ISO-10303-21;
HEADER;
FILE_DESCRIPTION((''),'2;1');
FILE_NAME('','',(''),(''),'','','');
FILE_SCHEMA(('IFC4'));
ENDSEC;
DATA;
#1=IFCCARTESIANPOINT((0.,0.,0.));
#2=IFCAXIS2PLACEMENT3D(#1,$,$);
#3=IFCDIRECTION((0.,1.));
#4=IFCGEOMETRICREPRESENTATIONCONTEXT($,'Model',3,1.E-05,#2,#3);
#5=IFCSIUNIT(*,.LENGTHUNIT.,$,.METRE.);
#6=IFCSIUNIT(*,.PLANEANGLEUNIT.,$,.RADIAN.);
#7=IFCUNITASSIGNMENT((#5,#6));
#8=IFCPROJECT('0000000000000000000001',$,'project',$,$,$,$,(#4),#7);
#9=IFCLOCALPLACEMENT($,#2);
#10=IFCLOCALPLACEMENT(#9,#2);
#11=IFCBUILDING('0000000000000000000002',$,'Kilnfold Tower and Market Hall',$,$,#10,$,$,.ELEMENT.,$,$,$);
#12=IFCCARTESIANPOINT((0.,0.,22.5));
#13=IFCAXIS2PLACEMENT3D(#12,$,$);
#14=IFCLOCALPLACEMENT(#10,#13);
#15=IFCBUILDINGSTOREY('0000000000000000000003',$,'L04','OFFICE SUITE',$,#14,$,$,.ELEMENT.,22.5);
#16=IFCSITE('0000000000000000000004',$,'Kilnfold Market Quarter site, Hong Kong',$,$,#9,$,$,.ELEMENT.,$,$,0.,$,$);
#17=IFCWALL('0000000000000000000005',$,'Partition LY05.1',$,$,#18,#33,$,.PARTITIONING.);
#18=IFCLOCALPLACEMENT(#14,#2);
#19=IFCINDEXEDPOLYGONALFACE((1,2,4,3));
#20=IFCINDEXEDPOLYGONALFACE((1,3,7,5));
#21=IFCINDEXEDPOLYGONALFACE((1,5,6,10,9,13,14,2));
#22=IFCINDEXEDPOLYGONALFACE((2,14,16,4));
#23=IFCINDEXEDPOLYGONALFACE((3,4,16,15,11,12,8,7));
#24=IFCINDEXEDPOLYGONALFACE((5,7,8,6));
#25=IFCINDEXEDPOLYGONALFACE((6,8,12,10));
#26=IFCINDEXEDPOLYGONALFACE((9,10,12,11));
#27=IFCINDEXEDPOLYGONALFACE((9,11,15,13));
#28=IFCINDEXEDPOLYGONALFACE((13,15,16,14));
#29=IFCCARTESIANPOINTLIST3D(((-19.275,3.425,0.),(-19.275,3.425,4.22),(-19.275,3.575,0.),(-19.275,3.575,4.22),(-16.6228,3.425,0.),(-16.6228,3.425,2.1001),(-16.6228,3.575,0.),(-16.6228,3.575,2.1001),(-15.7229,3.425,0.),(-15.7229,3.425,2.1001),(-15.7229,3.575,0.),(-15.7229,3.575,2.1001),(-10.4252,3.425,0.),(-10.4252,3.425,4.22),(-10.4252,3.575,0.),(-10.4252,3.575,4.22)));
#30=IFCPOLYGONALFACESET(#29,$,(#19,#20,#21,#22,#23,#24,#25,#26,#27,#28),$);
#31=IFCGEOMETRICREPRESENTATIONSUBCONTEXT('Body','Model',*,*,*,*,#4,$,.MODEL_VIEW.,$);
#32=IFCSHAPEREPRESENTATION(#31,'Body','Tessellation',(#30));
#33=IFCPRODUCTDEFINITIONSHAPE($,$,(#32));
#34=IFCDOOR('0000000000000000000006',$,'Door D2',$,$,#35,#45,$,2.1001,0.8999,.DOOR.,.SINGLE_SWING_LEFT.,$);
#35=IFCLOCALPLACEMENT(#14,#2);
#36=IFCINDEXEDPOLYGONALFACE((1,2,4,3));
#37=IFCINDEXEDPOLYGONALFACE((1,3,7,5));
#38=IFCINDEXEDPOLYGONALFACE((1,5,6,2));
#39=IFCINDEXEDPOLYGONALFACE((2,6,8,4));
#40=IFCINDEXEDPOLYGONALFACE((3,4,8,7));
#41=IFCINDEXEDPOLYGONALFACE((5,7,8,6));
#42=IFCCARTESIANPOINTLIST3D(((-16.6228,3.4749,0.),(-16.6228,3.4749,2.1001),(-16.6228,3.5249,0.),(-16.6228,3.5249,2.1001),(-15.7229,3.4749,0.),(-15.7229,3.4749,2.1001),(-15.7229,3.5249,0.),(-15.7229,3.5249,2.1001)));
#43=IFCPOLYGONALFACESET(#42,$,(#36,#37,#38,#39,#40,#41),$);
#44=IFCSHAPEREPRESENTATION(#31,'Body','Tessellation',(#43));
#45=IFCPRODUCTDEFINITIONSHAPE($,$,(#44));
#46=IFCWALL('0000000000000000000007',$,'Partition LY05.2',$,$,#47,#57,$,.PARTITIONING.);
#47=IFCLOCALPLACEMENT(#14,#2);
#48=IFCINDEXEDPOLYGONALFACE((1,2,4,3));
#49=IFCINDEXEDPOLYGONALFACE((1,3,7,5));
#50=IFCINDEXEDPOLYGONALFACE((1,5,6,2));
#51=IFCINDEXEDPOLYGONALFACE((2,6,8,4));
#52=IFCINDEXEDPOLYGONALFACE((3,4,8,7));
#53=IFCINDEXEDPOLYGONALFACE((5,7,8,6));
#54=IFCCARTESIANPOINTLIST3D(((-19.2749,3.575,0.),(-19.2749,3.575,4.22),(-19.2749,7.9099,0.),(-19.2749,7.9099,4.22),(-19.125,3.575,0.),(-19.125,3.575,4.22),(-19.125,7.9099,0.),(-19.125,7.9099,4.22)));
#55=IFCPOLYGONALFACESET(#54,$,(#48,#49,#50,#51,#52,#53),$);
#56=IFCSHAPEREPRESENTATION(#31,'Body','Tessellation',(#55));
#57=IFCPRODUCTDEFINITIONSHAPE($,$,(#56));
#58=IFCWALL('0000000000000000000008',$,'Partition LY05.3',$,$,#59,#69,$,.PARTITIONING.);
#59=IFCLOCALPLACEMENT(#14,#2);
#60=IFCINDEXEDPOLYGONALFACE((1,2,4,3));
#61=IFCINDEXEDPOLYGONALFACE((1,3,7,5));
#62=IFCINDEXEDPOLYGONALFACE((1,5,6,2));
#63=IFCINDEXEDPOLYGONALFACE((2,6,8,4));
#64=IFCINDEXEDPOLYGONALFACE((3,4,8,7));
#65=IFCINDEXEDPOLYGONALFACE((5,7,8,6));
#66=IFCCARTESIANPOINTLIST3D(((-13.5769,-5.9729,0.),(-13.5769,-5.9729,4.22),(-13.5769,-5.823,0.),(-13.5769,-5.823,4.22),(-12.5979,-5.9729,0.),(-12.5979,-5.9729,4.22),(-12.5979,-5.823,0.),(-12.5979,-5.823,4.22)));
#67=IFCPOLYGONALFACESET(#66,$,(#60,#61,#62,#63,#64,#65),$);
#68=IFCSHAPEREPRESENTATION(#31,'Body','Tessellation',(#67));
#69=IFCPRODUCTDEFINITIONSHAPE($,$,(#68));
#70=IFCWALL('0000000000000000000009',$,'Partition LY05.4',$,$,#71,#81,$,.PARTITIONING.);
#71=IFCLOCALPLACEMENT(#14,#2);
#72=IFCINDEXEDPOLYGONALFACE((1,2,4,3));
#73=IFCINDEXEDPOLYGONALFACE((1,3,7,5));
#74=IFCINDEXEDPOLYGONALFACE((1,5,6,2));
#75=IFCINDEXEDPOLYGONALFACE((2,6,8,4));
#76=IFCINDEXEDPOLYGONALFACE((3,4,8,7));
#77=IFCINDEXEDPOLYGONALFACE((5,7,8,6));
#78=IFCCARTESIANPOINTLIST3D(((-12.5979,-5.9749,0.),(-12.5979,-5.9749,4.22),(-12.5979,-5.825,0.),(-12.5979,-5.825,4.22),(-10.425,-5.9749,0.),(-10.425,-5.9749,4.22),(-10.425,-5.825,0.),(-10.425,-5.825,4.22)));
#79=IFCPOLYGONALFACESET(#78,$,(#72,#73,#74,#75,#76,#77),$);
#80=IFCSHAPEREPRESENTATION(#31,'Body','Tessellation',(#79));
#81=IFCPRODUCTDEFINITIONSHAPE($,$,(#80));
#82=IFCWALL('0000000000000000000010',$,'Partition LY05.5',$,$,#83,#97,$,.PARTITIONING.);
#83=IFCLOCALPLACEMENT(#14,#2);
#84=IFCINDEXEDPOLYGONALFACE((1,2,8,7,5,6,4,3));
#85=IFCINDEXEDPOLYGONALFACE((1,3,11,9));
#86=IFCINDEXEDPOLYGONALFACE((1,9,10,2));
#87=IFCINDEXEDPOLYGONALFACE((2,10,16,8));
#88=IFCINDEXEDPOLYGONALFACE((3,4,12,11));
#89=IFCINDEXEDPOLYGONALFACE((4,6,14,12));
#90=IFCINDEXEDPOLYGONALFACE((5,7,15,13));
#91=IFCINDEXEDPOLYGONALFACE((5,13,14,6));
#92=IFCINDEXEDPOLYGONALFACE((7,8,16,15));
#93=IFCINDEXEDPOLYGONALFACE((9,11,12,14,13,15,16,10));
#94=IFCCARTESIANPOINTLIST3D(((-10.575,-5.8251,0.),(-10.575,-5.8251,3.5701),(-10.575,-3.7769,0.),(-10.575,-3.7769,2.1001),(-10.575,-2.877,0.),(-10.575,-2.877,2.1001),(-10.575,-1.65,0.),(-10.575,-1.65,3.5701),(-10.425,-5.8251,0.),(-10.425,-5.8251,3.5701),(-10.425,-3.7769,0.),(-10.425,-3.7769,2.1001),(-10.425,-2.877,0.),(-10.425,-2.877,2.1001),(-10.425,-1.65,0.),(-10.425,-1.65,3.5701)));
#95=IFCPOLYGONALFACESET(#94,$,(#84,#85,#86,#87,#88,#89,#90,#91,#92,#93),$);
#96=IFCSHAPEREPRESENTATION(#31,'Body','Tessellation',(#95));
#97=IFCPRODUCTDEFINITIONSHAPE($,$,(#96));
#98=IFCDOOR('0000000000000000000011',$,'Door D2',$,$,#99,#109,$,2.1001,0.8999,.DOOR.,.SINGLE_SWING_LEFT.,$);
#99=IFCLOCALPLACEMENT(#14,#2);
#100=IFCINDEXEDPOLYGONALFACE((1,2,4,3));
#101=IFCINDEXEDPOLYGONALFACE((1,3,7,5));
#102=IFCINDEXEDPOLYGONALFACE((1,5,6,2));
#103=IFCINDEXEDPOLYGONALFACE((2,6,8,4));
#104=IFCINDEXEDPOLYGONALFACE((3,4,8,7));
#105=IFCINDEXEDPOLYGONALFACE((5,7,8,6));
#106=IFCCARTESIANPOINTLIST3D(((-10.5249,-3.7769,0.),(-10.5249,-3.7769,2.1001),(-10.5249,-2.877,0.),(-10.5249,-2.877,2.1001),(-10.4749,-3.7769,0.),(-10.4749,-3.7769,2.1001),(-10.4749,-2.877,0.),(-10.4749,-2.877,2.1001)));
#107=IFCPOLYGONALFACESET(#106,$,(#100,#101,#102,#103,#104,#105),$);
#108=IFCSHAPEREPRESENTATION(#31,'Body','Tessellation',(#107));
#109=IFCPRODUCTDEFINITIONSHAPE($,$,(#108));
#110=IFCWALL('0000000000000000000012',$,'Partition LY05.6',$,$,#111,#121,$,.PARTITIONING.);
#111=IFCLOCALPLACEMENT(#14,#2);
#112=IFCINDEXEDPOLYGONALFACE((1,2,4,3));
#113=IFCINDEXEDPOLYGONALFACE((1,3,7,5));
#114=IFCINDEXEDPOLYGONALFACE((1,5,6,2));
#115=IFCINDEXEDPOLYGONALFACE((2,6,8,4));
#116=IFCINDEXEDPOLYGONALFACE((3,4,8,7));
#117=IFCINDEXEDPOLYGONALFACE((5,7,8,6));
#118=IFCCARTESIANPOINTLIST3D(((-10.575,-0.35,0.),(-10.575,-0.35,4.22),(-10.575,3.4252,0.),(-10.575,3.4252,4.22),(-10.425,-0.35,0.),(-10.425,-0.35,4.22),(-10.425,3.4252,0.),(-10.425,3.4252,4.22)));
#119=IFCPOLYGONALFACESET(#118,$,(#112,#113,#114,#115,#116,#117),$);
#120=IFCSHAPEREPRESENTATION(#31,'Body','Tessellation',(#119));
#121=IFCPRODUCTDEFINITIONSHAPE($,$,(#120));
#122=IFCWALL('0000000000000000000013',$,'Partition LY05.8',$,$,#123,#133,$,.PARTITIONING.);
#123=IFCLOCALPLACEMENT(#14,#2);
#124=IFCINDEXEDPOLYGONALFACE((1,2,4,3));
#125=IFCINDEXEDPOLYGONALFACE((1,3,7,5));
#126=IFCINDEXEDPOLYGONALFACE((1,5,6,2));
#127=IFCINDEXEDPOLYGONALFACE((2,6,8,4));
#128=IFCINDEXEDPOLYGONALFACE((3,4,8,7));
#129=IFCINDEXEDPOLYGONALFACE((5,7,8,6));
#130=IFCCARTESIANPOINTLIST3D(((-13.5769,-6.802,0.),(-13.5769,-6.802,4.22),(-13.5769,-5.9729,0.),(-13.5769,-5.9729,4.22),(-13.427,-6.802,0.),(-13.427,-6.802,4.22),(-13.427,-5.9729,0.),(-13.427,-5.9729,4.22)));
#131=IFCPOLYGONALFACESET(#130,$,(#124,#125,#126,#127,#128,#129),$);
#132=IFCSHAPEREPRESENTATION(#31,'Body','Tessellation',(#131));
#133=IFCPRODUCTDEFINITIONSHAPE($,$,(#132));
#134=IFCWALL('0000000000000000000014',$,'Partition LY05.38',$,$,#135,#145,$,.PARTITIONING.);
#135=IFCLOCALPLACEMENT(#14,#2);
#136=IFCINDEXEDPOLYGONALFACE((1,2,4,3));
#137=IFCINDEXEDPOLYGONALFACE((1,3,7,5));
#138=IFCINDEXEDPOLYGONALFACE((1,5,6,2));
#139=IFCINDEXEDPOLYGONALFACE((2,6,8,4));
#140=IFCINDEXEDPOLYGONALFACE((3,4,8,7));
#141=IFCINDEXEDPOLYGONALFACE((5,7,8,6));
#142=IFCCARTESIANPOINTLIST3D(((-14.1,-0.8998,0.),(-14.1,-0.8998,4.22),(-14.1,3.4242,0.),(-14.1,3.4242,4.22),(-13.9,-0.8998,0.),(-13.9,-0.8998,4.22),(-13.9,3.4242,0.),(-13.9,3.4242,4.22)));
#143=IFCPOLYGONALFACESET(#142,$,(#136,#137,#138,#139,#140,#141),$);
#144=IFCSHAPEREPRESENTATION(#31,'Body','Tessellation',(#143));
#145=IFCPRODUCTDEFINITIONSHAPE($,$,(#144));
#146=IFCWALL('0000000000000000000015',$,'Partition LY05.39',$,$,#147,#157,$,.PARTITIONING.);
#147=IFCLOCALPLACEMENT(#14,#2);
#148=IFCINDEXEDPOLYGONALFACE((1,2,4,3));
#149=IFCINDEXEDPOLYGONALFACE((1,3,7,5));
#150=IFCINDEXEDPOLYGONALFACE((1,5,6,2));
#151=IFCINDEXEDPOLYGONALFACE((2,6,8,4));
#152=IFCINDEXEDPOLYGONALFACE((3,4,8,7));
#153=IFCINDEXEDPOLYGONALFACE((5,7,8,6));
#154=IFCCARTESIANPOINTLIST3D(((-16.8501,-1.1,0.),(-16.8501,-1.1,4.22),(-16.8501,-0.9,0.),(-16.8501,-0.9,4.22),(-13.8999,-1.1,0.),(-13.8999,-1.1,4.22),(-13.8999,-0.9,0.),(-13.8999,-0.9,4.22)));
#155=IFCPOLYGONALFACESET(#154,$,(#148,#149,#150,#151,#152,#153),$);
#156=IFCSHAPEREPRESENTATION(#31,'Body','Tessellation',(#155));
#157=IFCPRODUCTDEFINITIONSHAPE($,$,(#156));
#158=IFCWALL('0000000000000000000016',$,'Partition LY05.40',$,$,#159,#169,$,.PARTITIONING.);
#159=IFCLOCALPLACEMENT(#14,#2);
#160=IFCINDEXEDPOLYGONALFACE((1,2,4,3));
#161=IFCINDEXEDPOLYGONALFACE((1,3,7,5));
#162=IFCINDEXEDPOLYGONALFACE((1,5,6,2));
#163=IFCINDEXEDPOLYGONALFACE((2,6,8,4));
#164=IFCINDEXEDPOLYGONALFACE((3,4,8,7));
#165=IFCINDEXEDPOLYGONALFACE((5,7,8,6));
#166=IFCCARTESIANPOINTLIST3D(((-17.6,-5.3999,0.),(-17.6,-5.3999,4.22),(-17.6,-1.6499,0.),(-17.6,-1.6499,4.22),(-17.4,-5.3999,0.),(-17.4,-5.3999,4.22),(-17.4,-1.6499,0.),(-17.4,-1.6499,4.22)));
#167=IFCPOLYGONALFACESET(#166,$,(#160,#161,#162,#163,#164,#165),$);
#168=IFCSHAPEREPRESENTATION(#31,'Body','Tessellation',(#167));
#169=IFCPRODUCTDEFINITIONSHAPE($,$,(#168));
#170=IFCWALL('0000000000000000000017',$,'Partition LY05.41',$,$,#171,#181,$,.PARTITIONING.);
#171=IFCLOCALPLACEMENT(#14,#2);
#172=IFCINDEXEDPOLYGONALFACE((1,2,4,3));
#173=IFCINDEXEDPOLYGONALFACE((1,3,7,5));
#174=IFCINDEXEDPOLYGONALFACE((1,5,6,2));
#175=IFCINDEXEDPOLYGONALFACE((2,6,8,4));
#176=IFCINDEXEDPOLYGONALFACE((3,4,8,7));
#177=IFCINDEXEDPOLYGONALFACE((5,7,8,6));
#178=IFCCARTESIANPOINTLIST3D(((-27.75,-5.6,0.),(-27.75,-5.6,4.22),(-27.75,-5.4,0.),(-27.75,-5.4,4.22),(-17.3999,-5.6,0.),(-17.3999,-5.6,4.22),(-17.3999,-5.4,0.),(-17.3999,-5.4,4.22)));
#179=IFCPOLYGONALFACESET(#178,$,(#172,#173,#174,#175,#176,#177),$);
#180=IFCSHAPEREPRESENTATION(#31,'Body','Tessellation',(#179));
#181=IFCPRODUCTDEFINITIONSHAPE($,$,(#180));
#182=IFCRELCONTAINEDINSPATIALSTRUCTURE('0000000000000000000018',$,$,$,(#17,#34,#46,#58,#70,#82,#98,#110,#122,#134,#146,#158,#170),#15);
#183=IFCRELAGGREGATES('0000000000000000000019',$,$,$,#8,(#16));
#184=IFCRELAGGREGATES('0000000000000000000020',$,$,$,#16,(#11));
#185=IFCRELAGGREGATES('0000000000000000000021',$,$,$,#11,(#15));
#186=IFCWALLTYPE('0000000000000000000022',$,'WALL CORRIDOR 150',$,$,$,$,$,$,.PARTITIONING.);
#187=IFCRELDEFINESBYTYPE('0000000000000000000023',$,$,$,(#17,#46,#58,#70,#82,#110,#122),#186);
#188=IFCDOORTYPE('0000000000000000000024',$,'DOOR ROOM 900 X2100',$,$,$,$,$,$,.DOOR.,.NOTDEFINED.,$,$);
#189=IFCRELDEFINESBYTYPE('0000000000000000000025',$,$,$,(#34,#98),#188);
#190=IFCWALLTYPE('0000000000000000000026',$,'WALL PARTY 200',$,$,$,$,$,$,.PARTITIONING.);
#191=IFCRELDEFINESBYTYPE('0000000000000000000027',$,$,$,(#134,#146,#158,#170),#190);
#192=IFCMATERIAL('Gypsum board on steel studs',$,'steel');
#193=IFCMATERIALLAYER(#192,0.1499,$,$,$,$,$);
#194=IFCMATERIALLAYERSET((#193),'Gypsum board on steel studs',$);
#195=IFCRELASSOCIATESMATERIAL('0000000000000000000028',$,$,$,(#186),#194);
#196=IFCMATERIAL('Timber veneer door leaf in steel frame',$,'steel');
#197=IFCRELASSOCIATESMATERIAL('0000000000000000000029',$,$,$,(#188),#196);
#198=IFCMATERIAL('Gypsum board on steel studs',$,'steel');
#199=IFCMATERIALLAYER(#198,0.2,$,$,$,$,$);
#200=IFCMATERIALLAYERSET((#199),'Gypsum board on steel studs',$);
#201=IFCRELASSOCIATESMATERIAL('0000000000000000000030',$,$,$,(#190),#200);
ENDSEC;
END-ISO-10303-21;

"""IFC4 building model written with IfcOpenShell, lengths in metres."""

from ifc_helpers import new_model, si_unit, direction, frame, frame_2d, origin, place, context, subcontext, project, spatial, rectangle, extrude, material, layer, layer_set, type_object, element, fill, save


model = new_model("IFC4")

# Units and contexts
model_context = context("Model", 3, precision=1e-05, world=origin(), true_north=direction((0.0, 1.0)))
body_context = subcontext(model_context, "Body", "Model", "MODEL_VIEW")
ifc_project = project(units=[si_unit("LENGTHUNIT", "METRE"), si_unit("PLANEANGLEUNIT", "RADIAN")], contexts=[model_context])

# Site, building, storey
site_placement = place(None, origin())
site = spatial("IfcSite", under=ifc_project, at=site_placement, Name="Kilnfold Market Quarter site, Hong Kong", CompositionType="ELEMENT", RefElevation=0.0)
building_placement = place(site_placement, origin())
building = spatial("IfcBuilding", under=site, at=building_placement, Name="Kilnfold Tower and Market Hall", CompositionType="ELEMENT")
storey_placement = place(building_placement, frame((0.0, 0.0, 22.5)))
storey = spatial("IfcBuildingStorey", under=building, at=storey_placement, Name="L04", Description="OFFICE SUITE", CompositionType="ELEMENT", Elevation=22.5)

# Wall, opening, door
ifc_material_1 = material(Name="Gypsum board on steel studs", Category="steel")
ifc_layer_1 = layer(ifc_material_1, 0.1499)
ifc_layer_set_1 = layer_set([ifc_layer_1], Name="Gypsum board on steel studs")
wall_type_1 = type_object("IfcWallType", Name="WALL CORRIDOR 150", PredefinedType="PARTITIONING", material=ifc_layer_set_1)
wall_1_placement = place(storey_placement, frame((-19.2749, 3.5, 0.0), z_axis=(0.0, 0.0, 1.0), x_axis=(1.0, 0.0, 0.0)))
wall_1 = element("IfcWall", 1, at=wall_1_placement, inside=storey, type_object=wall_type_1, Name="Partition LY05.1", PredefinedType="PARTITIONING", context=body_context, shape_type="SweptSolid", body=[
    extrude(rectangle(XDim=8.8499, YDim=0.1499, at=frame_2d((4.4248, 0.0))), origin(), (0.0, 0.0, 1.0), 4.22),
])
opening_1_placement = place(wall_1_placement, frame((2.6521, 0.0, 0.0)))
opening_1 = element("IfcOpeningElement", 2, at=opening_1_placement, cuts=wall_1, PredefinedType="OPENING", context=body_context, shape_type="SweptSolid", body=[
    extrude(rectangle(XDim=0.8999, YDim=2.1001, at=frame_2d((0.45, 1.05))), frame((0.0, 0.085, 0.0), z_axis=(0.0, -1.0, 0.0), x_axis=(1.0, 0.0, 0.0)), (0.0, 0.0, 1.0), 0.1699),
])
ifc_material_2 = material(Name="Timber veneer door leaf in steel frame", Category="steel")
door_type_1 = type_object("IfcDoorType", Name="DOOR ROOM 900 X2100", OperationType="NOTDEFINED", PredefinedType="DOOR", material=ifc_material_2)
door_1_placement = place(opening_1_placement, origin())
door_1 = element("IfcDoor", 3, at=door_1_placement, inside=storey, type_object=door_type_1, Name="Door D2", OperationType="SINGLE_SWING_LEFT", OverallHeight=2.1001, OverallWidth=0.8999, PredefinedType="DOOR", context=body_context, shape_type="SweptSolid", body=[
    extrude(rectangle(XDim=0.8999, YDim=2.1001, at=frame_2d((0.45, 1.05))), frame((0.0, 0.0249, 0.0), z_axis=(0.0, -1.0, 0.0), x_axis=(1.0, 0.0, 0.0)), (0.0, 0.0, 1.0), 0.05),
])
fill(opening_1, door_1)

# Walls
wall_2_placement = place(storey_placement, frame((-19.2, 3.575, 0.0), z_axis=(0.0, 0.0, 1.0), x_axis=(0.0, 1.0, 0.0)))
element("IfcWall", 4, at=wall_2_placement, inside=storey, type_object=wall_type_1, Name="Partition LY05.2", PredefinedType="PARTITIONING", context=body_context, shape_type="SweptSolid", body=[
    extrude(rectangle(XDim=4.335, YDim=0.1499, at=frame_2d((2.1675, 0.0))), origin(), (0.0, 0.0, 1.0), 4.22),
])
wall_3_placement = place(storey_placement, frame((-12.5979, -5.8979, 0.0), z_axis=(0.0, 0.0, 1.0), x_axis=(-1.0, 0.0, 0.0)))
element("IfcWall", 5, at=wall_3_placement, inside=storey, type_object=wall_type_1, Name="Partition LY05.3", PredefinedType="PARTITIONING", context=body_context, shape_type="SweptSolid", body=[
    extrude(rectangle(XDim=0.979, YDim=0.1499, at=frame_2d((0.4895, 0.0))), origin(), (0.0, 0.0, 1.0), 4.22),
])
wall_4_placement = place(storey_placement, frame((-10.425, -5.8999, 0.0), z_axis=(0.0, 0.0, 1.0), x_axis=(-1.0, 0.0, 0.0)))
element("IfcWall", 6, at=wall_4_placement, inside=storey, type_object=wall_type_1, Name="Partition LY05.4", PredefinedType="PARTITIONING", context=body_context, shape_type="SweptSolid", body=[
    extrude(rectangle(XDim=2.1729, YDim=0.1499, at=frame_2d((1.0864, 0.0))), origin(), (0.0, 0.0, 1.0), 4.22),
])

# Wall, opening, door
wall_5_placement = place(storey_placement, frame((-10.5, -5.825, 0.0), z_axis=(0.0, 0.0, 1.0), x_axis=(0.0, 1.0, 0.0)))
wall_5 = element("IfcWall", 7, at=wall_5_placement, inside=storey, type_object=wall_type_1, Name="Partition LY05.5", PredefinedType="PARTITIONING", context=body_context, shape_type="SweptSolid", body=[
    extrude(rectangle(XDim=4.175, YDim=0.1499, at=frame_2d((2.0874, 0.0))), origin(), (0.0, 0.0, 1.0), 3.5701),
])
opening_2_placement = place(wall_5_placement, frame((2.0481, 0.0, 0.0)))
opening_2 = element("IfcOpeningElement", 8, at=opening_2_placement, cuts=wall_5, PredefinedType="OPENING", context=body_context, shape_type="SweptSolid", body=[
    extrude(rectangle(XDim=0.8999, YDim=2.1001, at=frame_2d((0.45, 1.05))), frame((0.0, 0.085, 0.0), z_axis=(0.0, -1.0, 0.0), x_axis=(1.0, 0.0, 0.0)), (0.0, 0.0, 1.0), 0.1699),
])
door_2_placement = place(opening_2_placement, origin())
door_2 = element("IfcDoor", 9, at=door_2_placement, inside=storey, type_object=door_type_1, Name="Door D2", OperationType="SINGLE_SWING_LEFT", OverallHeight=2.1001, OverallWidth=0.8999, PredefinedType="DOOR", context=body_context, shape_type="SweptSolid", body=[
    extrude(rectangle(XDim=0.8999, YDim=2.1001, at=frame_2d((0.45, 1.05))), frame((0.0, 0.0249, 0.0), z_axis=(0.0, -1.0, 0.0), x_axis=(1.0, 0.0, 0.0)), (0.0, 0.0, 1.0), 0.05),
])
fill(opening_2, door_2)

# Walls
wall_6_placement = place(storey_placement, frame((-10.5, -0.3501, 0.0), z_axis=(0.0, 0.0, 1.0), x_axis=(0.0, 1.0, 0.0)))
element("IfcWall", 10, at=wall_6_placement, inside=storey, type_object=wall_type_1, Name="Partition LY05.6", PredefinedType="PARTITIONING", context=body_context, shape_type="SweptSolid", body=[
    extrude(rectangle(XDim=3.7751, YDim=0.1499, at=frame_2d((1.8877, 0.0))), origin(), (0.0, 0.0, 1.0), 4.22),
])
wall_7_placement = place(storey_placement, frame((-13.502, -5.9729, 0.0), z_axis=(0.0, 0.0, 1.0), x_axis=(0.0, -1.0, 0.0)))
element("IfcWall", 11, at=wall_7_placement, inside=storey, type_object=wall_type_1, Name="Partition LY05.8", PredefinedType="PARTITIONING", context=body_context, shape_type="SweptSolid", body=[
    extrude(rectangle(XDim=0.8291, YDim=0.1499, at=frame_2d((0.4146, 0.0))), origin(), (0.0, 0.0, 1.0), 4.22),
])
ifc_material_3 = material(Name="Gypsum board on steel studs", Category="steel")
ifc_layer_2 = layer(ifc_material_3, 0.2)
ifc_layer_set_2 = layer_set([ifc_layer_2], Name="Gypsum board on steel studs")
wall_type_2 = type_object("IfcWallType", Name="WALL PARTY 200", PredefinedType="PARTITIONING", material=ifc_layer_set_2)
wall_8_placement = place(storey_placement, frame((-14.0, -0.8999, 0.0), z_axis=(0.0, 0.0, 1.0), x_axis=(0.0, 1.0, 0.0)))
element("IfcWall", 12, at=wall_8_placement, inside=storey, type_object=wall_type_2, Name="Partition LY05.38", PredefinedType="PARTITIONING", context=body_context, shape_type="SweptSolid", body=[
    extrude(rectangle(XDim=4.324, YDim=0.2, at=frame_2d((2.1621, 0.0))), origin(), (0.0, 0.0, 1.0), 4.22),
])
wall_9_placement = place(storey_placement, frame((-16.8501, -1.0, 0.0), z_axis=(0.0, 0.0, 1.0), x_axis=(1.0, 0.0, 0.0)))
element("IfcWall", 13, at=wall_9_placement, inside=storey, type_object=wall_type_2, Name="Partition LY05.39", PredefinedType="PARTITIONING", context=body_context, shape_type="SweptSolid", body=[
    extrude(rectangle(XDim=2.9502, YDim=0.2, at=frame_2d((1.4751, 0.0))), origin(), (0.0, 0.0, 1.0), 4.22),
])
wall_10_placement = place(storey_placement, frame((-17.5, -5.3999, 0.0), z_axis=(0.0, 0.0, 1.0), x_axis=(0.0, 1.0, 0.0)))
element("IfcWall", 14, at=wall_10_placement, inside=storey, type_object=wall_type_2, Name="Partition LY05.40", PredefinedType="PARTITIONING", context=body_context, shape_type="SweptSolid", body=[
    extrude(rectangle(XDim=3.75, YDim=0.2, at=frame_2d((1.875, 0.0))), origin(), (0.0, 0.0, 1.0), 4.22),
])
wall_11_placement = place(storey_placement, frame((-27.75, -5.5, 0.0), z_axis=(0.0, 0.0, 1.0), x_axis=(1.0, 0.0, 0.0)))
element("IfcWall", 15, at=wall_11_placement, inside=storey, type_object=wall_type_2, Name="Partition LY05.41", PredefinedType="PARTITIONING", context=body_context, shape_type="SweptSolid", body=[
    extrude(rectangle(XDim=10.3501, YDim=0.2, at=frame_2d((5.175, 0.0))), origin(), (0.0, 0.0, 1.0), 4.22),
])

save(model, "model.ifc")
